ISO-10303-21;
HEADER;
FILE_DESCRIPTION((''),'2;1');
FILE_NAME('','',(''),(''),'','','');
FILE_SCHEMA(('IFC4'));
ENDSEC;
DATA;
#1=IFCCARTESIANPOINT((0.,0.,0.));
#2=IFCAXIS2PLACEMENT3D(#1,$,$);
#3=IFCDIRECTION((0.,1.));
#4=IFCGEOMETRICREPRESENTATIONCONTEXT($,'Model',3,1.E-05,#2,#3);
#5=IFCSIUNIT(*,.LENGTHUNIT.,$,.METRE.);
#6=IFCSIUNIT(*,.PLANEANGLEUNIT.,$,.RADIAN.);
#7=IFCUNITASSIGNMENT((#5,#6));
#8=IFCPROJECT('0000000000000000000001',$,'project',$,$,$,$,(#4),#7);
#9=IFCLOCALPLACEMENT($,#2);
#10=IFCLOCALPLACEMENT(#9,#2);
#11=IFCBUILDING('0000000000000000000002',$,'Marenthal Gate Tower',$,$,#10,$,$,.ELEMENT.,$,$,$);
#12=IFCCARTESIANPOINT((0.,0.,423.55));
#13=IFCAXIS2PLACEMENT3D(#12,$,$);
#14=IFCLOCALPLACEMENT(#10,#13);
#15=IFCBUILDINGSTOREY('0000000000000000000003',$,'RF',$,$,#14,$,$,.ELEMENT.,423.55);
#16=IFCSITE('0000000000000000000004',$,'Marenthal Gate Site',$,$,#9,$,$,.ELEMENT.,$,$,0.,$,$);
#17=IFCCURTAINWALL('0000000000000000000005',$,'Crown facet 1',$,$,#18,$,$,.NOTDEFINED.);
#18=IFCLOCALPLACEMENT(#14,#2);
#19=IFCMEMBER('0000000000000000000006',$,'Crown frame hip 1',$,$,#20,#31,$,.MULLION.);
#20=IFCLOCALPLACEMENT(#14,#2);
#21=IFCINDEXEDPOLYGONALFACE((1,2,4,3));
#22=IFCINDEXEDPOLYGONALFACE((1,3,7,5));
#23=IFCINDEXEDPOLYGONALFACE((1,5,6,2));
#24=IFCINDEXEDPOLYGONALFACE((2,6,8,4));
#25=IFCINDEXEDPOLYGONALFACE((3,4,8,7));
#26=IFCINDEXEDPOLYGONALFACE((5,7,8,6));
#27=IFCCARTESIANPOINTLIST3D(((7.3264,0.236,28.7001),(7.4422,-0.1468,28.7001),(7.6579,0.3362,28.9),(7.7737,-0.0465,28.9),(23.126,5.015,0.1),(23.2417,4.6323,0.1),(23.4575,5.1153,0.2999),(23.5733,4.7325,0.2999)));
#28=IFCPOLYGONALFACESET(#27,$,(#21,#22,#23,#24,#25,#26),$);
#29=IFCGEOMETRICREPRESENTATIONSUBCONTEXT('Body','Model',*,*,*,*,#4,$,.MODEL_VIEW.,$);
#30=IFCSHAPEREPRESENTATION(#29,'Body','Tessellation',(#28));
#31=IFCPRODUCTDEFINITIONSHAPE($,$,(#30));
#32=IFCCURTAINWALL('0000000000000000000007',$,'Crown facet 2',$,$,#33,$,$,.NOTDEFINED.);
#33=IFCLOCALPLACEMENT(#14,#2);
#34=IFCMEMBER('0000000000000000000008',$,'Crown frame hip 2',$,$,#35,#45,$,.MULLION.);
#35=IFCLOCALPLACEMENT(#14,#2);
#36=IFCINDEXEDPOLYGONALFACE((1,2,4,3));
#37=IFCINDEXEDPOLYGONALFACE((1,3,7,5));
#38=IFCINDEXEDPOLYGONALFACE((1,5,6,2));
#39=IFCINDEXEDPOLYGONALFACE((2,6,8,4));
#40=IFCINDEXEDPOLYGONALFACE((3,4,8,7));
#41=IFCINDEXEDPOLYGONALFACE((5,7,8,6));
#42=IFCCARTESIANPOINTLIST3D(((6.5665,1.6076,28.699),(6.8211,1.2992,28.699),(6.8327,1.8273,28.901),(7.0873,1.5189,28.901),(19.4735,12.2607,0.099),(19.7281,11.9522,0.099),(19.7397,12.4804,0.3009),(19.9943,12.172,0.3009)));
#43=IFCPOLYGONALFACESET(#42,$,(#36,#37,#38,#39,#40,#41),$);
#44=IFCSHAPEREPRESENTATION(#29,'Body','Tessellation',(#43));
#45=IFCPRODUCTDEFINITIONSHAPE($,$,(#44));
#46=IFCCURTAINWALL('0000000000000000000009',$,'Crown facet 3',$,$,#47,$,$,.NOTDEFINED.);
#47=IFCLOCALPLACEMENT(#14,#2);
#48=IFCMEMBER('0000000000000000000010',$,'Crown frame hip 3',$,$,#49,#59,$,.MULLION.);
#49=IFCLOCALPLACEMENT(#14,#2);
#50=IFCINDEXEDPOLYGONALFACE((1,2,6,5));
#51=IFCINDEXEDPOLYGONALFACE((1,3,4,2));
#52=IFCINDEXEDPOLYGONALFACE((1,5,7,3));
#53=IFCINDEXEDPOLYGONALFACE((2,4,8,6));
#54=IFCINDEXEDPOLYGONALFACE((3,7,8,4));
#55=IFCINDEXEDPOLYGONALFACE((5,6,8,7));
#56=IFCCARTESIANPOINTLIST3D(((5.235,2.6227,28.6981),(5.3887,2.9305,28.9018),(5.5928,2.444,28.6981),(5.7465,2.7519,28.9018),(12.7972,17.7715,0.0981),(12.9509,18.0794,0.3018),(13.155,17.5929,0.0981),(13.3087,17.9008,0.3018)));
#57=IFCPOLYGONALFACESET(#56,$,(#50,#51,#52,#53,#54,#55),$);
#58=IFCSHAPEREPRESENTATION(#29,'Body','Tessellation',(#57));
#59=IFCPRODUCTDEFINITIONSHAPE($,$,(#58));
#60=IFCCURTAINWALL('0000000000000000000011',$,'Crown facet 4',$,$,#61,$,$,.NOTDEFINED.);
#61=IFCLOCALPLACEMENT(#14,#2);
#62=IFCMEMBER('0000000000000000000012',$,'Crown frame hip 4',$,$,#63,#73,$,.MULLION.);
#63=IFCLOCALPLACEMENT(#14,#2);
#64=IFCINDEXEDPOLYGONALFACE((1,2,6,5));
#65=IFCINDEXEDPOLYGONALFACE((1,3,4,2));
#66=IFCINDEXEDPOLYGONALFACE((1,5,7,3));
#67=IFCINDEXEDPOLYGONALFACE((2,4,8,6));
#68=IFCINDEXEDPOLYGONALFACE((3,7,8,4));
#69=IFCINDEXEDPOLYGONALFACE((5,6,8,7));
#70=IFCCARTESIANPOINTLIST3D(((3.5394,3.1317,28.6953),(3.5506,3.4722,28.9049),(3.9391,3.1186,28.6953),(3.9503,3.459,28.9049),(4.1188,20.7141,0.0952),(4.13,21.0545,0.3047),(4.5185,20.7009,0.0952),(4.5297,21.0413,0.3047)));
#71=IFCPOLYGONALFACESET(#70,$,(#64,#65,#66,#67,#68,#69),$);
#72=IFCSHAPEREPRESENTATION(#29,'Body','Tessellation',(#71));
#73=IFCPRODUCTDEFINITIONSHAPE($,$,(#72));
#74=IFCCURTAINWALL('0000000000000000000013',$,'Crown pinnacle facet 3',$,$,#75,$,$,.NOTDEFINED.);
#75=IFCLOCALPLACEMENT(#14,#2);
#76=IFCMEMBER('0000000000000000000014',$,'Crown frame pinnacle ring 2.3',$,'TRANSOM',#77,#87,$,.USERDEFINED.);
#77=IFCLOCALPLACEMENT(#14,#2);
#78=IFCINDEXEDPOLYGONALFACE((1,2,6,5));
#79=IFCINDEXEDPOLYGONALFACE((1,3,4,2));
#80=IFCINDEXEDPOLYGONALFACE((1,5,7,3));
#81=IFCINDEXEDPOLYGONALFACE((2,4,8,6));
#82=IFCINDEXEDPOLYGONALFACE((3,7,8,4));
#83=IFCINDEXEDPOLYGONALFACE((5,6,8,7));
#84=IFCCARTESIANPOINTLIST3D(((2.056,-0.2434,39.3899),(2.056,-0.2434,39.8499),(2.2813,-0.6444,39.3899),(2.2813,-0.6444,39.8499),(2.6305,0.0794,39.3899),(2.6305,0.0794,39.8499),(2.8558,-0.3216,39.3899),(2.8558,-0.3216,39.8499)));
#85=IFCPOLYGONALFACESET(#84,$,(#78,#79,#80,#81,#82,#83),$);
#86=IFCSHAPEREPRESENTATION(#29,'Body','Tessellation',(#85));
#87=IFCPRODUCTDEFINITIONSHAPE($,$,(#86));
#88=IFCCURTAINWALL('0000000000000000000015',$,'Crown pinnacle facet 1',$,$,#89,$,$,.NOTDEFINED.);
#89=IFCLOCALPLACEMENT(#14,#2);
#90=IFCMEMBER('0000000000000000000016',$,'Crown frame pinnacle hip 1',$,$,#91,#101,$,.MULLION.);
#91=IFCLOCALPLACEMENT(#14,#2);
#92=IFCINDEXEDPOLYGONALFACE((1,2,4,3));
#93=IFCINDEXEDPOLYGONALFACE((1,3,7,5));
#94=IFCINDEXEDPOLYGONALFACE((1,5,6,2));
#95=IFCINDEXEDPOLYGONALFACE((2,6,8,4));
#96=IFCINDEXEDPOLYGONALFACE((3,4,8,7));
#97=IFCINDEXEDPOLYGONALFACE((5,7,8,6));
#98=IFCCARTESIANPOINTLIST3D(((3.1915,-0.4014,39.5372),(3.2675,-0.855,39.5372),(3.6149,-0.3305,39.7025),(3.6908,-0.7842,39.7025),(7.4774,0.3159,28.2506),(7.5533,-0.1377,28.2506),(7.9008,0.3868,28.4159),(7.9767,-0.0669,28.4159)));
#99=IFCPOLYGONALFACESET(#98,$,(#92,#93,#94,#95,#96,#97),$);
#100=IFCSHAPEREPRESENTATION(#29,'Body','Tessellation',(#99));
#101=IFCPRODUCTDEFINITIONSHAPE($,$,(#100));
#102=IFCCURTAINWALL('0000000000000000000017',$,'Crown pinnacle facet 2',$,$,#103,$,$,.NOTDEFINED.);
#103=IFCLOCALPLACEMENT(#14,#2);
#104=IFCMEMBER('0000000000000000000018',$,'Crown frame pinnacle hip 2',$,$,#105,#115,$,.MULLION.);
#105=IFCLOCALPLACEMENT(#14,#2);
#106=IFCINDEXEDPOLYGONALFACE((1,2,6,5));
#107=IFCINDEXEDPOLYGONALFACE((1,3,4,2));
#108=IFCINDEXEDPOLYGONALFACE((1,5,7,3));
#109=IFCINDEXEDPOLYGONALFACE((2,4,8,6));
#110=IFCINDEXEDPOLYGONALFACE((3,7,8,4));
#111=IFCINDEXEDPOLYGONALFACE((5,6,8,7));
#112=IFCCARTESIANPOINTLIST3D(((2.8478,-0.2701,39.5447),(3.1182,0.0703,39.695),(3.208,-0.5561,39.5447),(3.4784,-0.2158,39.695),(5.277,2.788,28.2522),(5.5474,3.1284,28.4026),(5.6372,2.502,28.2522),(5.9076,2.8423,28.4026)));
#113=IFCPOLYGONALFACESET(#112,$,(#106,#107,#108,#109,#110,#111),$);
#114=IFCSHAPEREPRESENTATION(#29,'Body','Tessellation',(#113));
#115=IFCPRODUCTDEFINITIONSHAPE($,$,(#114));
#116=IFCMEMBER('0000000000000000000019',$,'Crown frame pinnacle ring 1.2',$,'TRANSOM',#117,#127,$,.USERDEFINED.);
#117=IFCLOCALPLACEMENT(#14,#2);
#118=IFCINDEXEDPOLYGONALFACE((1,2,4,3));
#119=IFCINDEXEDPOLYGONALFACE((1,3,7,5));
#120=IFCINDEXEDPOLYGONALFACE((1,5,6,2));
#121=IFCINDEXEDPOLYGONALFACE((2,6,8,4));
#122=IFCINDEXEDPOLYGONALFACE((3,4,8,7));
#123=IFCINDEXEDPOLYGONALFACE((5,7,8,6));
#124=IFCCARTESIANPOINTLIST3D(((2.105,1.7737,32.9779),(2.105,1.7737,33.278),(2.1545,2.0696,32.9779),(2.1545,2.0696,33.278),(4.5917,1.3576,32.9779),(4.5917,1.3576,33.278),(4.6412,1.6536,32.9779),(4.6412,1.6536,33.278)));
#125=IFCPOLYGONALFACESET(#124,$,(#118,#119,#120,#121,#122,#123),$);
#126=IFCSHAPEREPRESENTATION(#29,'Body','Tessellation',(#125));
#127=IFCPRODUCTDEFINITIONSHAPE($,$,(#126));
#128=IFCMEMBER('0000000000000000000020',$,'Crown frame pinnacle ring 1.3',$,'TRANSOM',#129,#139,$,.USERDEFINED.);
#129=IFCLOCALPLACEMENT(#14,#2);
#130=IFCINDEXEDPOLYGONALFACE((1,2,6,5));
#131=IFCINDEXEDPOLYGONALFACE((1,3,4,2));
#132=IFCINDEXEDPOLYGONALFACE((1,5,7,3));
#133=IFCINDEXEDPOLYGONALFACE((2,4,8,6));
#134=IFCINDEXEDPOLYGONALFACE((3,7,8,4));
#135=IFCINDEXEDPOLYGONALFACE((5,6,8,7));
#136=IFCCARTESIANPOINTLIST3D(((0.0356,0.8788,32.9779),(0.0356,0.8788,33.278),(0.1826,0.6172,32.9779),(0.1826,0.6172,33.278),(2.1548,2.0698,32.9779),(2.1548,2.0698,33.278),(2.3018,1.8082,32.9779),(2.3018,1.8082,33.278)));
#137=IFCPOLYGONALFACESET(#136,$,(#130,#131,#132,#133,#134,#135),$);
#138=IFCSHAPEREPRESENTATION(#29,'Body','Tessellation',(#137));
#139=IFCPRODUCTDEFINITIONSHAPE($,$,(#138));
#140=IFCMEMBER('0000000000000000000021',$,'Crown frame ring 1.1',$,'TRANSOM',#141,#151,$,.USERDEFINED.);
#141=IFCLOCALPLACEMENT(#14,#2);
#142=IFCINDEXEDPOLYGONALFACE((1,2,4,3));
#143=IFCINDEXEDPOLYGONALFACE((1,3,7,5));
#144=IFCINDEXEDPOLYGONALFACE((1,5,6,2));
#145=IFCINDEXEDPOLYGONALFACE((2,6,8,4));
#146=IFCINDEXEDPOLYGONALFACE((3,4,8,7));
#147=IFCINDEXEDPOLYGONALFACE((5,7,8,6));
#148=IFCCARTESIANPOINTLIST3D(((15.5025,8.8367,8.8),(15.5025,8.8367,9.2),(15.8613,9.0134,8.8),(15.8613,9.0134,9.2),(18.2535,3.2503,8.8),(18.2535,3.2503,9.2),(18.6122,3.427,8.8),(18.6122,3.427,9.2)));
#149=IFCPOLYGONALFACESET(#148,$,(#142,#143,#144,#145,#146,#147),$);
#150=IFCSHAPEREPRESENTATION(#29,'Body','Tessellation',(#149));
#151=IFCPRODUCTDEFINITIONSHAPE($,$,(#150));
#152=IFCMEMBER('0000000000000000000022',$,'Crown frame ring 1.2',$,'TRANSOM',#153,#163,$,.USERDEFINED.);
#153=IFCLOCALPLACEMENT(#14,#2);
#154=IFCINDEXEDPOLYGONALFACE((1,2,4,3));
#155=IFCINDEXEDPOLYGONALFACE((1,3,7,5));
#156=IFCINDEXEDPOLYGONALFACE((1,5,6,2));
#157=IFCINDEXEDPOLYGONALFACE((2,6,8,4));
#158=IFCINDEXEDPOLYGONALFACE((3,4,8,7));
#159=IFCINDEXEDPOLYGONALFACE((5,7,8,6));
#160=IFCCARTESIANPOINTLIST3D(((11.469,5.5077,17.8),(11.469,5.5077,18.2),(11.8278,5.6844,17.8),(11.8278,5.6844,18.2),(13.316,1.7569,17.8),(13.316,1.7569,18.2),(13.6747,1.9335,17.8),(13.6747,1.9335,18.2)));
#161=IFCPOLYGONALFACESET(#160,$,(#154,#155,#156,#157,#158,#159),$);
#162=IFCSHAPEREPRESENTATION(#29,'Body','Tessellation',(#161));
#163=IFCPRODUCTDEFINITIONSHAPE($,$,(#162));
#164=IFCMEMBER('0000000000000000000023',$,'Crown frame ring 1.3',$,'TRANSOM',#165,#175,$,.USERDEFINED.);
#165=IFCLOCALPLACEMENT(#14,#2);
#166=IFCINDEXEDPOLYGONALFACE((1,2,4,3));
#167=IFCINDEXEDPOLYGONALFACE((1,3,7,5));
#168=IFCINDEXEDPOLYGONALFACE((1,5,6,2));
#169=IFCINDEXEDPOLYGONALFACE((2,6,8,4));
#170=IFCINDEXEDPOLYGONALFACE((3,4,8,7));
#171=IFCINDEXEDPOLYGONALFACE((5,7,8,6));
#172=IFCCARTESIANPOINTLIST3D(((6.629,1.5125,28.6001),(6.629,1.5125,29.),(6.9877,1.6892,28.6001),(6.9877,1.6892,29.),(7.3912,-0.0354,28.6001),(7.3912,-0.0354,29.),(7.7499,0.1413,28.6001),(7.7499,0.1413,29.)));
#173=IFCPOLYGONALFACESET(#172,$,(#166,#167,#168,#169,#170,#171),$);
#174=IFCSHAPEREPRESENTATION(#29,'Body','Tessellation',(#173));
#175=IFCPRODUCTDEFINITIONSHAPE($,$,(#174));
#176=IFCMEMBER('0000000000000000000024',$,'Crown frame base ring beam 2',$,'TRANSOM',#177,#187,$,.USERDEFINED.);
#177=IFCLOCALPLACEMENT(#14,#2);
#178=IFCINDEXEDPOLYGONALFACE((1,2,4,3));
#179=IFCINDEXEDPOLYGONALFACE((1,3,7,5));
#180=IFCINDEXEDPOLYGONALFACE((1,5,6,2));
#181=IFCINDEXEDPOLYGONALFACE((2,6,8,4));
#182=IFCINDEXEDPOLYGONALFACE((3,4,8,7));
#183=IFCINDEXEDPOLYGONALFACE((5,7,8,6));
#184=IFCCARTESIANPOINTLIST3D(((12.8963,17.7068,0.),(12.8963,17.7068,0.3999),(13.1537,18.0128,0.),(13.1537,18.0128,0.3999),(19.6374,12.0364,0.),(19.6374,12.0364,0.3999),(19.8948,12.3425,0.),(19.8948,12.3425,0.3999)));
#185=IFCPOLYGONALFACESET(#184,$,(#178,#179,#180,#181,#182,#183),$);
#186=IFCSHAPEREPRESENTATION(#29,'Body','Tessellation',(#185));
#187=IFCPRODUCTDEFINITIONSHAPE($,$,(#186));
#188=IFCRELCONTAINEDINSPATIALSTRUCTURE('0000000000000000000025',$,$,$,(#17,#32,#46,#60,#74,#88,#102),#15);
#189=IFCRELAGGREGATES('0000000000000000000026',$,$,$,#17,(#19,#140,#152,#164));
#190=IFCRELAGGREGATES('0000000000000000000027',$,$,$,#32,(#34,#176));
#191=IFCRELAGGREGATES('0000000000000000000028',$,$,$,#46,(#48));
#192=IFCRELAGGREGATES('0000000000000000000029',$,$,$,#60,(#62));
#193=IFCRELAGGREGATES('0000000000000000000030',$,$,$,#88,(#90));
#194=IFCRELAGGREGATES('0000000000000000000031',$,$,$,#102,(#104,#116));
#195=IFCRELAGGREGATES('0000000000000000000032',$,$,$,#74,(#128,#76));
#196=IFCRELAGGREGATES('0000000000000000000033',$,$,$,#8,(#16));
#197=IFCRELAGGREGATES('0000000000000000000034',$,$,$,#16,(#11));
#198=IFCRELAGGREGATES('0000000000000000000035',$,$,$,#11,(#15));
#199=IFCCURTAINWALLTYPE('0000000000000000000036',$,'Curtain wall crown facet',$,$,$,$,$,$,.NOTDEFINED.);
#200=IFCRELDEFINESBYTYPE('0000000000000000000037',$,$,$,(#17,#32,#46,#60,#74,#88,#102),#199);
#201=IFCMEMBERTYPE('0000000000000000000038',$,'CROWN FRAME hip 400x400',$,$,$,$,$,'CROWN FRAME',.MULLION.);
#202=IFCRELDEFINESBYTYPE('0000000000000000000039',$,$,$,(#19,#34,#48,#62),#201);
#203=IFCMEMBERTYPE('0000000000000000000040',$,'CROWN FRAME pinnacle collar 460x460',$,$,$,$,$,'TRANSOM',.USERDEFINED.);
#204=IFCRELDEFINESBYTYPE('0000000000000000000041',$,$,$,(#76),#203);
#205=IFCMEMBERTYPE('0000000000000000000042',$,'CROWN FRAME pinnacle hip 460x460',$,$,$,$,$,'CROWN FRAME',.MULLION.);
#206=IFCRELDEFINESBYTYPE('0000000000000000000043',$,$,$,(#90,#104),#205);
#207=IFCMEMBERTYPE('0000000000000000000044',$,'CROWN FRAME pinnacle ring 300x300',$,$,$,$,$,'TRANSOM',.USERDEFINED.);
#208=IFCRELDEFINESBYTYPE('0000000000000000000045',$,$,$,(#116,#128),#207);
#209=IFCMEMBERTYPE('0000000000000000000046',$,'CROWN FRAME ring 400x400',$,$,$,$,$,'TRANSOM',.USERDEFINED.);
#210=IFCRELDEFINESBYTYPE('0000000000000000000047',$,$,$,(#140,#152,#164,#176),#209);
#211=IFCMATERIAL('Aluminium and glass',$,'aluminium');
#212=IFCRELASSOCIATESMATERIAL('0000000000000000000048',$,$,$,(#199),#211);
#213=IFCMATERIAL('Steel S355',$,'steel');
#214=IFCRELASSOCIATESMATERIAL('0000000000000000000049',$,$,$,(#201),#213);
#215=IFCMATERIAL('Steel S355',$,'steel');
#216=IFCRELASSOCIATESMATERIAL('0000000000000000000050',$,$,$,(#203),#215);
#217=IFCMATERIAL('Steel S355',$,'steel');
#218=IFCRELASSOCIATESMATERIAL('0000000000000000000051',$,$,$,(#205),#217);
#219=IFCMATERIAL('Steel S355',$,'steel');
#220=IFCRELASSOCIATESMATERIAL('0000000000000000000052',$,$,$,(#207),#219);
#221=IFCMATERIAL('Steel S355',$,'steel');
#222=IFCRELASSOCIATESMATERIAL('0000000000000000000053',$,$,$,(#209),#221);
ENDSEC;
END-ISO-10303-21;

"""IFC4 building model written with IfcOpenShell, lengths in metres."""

from ifc_helpers import new_model, si_unit, direction, frame, origin, origin_2d, place, context, subcontext, project, spatial, rectangle, extrude, material, material_profile, profile_set, type_object, element, aggregate, save


model = new_model("IFC4")

# Units and contexts
model_context = context("Model", 3, precision=1e-05, world=origin(), true_north=direction((0.0, 1.0)))
body_context = subcontext(model_context, "Body", "Model", "MODEL_VIEW")
ifc_project = project(units=[si_unit("LENGTHUNIT", "METRE"), si_unit("PLANEANGLEUNIT", "RADIAN")], contexts=[model_context])

# Site, building, storey
site_placement = place(None, origin())
site = spatial("IfcSite", under=ifc_project, at=site_placement, Name="Marenthal Gate Site", CompositionType="ELEMENT", RefElevation=0.0)
building_placement = place(site_placement, origin())
building = spatial("IfcBuilding", under=site, at=building_placement, Name="Marenthal Gate Tower", CompositionType="ELEMENT")
storey_placement = place(building_placement, frame((0.0, 0.0, 423.55)))
storey = spatial("IfcBuildingStorey", under=building, at=storey_placement, Name="RF", CompositionType="ELEMENT", Elevation=423.55)

# Curtain walls, members
ifc_material_1 = material(Name="Aluminium and glass", Category="aluminium")
curtain_wall_type = type_object("IfcCurtainWallType", Name="Curtain wall crown facet", PredefinedType="NOTDEFINED", material=ifc_material_1)
curtain_wall_1_placement = place(storey_placement, origin())
curtain_wall_1 = element("IfcCurtainWall", 1, at=curtain_wall_1_placement, inside=storey, type_object=curtain_wall_type, Name="Crown facet 1", PredefinedType="NOTDEFINED")
ifc_material_2 = material(Name="Steel S355", Category="steel")
ifc_material_profile_1 = material_profile(ifc_material_2, rectangle(XDim=0.3999, YDim=0.3999, at=origin_2d()), Name="Crown frame hip 400x400")
ifc_profile_set_1 = profile_set([ifc_material_profile_1], Name="Steel S355")
member_type_1 = type_object("IfcMemberType", Name="CROWN FRAME hip 400x400", ElementType="CROWN FRAME", PredefinedType="MULLION", material=ifc_profile_set_1)
member_1_placement = place(storey_placement, frame((23.3496, 4.8738, 0.2), z_axis=(-0.47846, -0.144725, 0.866101), x_axis=(0.289525, -0.95717, 0.0)))
member_1 = element("IfcMember", 2, at=member_1_placement, type_object=member_type_1, Name="Crown frame hip 1", PredefinedType="MULLION", context=body_context, shape_type="SweptSolid", body=[
    extrude(rectangle(XDim=0.3999, YDim=0.3999, at=origin_2d()), origin(), (0.0, 0.0, 1.0), 33.0217),
])
curtain_wall_2_placement = place(storey_placement, origin())
curtain_wall_2 = element("IfcCurtainWall", 3, at=curtain_wall_2_placement, inside=storey, type_object=curtain_wall_type, Name="Crown facet 2", PredefinedType="NOTDEFINED")
member_2_placement = place(storey_placement, frame((19.7339, 12.2163, 0.2), z_axis=(-0.389507, -0.321488, 0.863093), x_axis=(0.636554, -0.771232, 0.0)))
member_2 = element("IfcMember", 4, at=member_2_placement, type_object=member_type_1, Name="Crown frame hip 2", PredefinedType="MULLION", context=body_context, shape_type="SweptSolid", body=[
    extrude(rectangle(XDim=0.3999, YDim=0.3999, at=origin_2d()), origin(), (0.0, 0.0, 1.0), 33.1367),
])
curtain_wall_3_placement = place(storey_placement, origin())
curtain_wall_3 = element("IfcCurtainWall", 5, at=curtain_wall_3_placement, inside=storey, type_object=curtain_wall_type, Name="Crown facet 3", PredefinedType="NOTDEFINED")
member_3_placement = place(storey_placement, frame((13.053, 17.8362, 0.2), z_axis=(-0.227531, -0.455796, 0.860511), x_axis=(0.894715, -0.446637, 0.0)))
member_3 = element("IfcMember", 6, at=member_3_placement, type_object=member_type_1, Name="Crown frame hip 3", PredefinedType="MULLION", context=body_context, shape_type="SweptSolid", body=[
    extrude(rectangle(XDim=0.3999, YDim=0.3999, at=origin_2d()), origin(), (0.0, 0.0, 1.0), 33.2361),
])
curtain_wall_4_placement = place(storey_placement, origin())
curtain_wall_4 = element("IfcCurtainWall", 7, at=curtain_wall_4_placement, inside=storey, type_object=curtain_wall_type, Name="Crown facet 4", PredefinedType="NOTDEFINED")
member_4_placement = place(storey_placement, frame((4.3242, 20.8777, 0.2), z_axis=(-0.017254, -0.523635, 0.851768), x_axis=(0.999458, -0.032933, 0.0)))
member_4 = element("IfcMember", 8, at=member_4_placement, type_object=member_type_1, Name="Crown frame hip 4", PredefinedType="MULLION", context=body_context, shape_type="SweptSolid", body=[
    extrude(rectangle(XDim=0.3999, YDim=0.3999, at=origin_2d()), origin(), (0.0, 0.0, 1.0), 33.5774),
])
curtain_wall_5_placement = place(storey_placement, origin())
curtain_wall_5 = element("IfcCurtainWall", 9, at=curtain_wall_5_placement, inside=storey, type_object=curtain_wall_type, Name="Crown pinnacle facet 3", PredefinedType="NOTDEFINED")
ifc_material_3 = material(Name="Steel S355", Category="steel")
ifc_material_profile_2 = material_profile(ifc_material_3, rectangle(XDim=0.46, YDim=0.46, at=origin_2d()), Name="Crown frame pinnacle collar 460x460")
ifc_profile_set_2 = profile_set([ifc_material_profile_2], Name="Steel S355")
member_type_2 = type_object("IfcMemberType", Name="CROWN FRAME pinnacle collar 460x460", ElementType="TRANSOM", PredefinedType="USERDEFINED", material=ifc_profile_set_2)
member_5_placement = place(storey_placement, frame((2.7432, -0.1211, 39.6199), z_axis=(-0.871823, -0.489821, 0.0), x_axis=(0.489821, -0.871823, 0.0)))
member_5 = element("IfcMember", 10, at=member_5_placement, type_object=member_type_2, Name="Crown frame pinnacle ring 2.3", ObjectType="TRANSOM", PredefinedType="USERDEFINED", context=body_context, shape_type="SweptSolid", body=[
    extrude(rectangle(XDim=0.46, YDim=0.46, at=origin_2d()), origin(), (0.0, 0.0, 1.0), 0.6589),
])
curtain_wall_6_placement = place(storey_placement, origin())
curtain_wall_6 = element("IfcCurtainWall", 11, at=curtain_wall_6_placement, inside=storey, type_object=curtain_wall_type, Name="Crown pinnacle facet 1", PredefinedType="NOTDEFINED")
ifc_material_4 = material(Name="Steel S355", Category="steel")
ifc_material_profile_3 = material_profile(ifc_material_4, rectangle(XDim=0.46, YDim=0.46, at=origin_2d()), Name="Crown frame pinnacle hip 460x460")
ifc_profile_set_3 = profile_set([ifc_material_profile_3], Name="Steel S355")
member_type_3 = type_object("IfcMemberType", Name="CROWN FRAME pinnacle hip 460x460", ElementType="CROWN FRAME", PredefinedType="MULLION", material=ifc_profile_set_3)
member_6_placement = place(storey_placement, frame((7.7271, 0.1245, 28.3333), z_axis=(-0.354374, -0.059308, 0.933221), x_axis=(0.165064, -0.986283, 0.0)))
member_6 = element("IfcMember", 12, at=member_6_placement, type_object=member_type_3, Name="Crown frame pinnacle hip 1", PredefinedType="MULLION", context=body_context, shape_type="SweptSolid", body=[
    extrude(rectangle(XDim=0.46, YDim=0.46, at=origin_2d()), origin(), (0.0, 0.0, 1.0), 12.0942),
])

# Curtain wall, members
curtain_wall_7_placement = place(storey_placement, origin())
curtain_wall_7 = element("IfcCurtainWall", 13, at=curtain_wall_7_placement, inside=storey, type_object=curtain_wall_type, Name="Crown pinnacle facet 2", PredefinedType="NOTDEFINED")
member_7_placement = place(storey_placement, frame((5.5923, 2.8152, 28.3274), z_axis=(-0.203301, -0.255935, 0.945075), x_axis=(0.783023, -0.621993, 0.0)))
member_7 = element("IfcMember", 14, at=member_7_placement, type_object=member_type_3, Name="Crown frame pinnacle hip 2", PredefinedType="MULLION", context=body_context, shape_type="SweptSolid", body=[
    extrude(rectangle(XDim=0.46, YDim=0.46, at=origin_2d()), origin(), (0.0, 0.0, 1.0), 11.9487),
])
ifc_material_5 = material(Name="Steel S355", Category="steel")
ifc_material_profile_4 = material_profile(ifc_material_5, rectangle(XDim=0.3, YDim=0.3, at=origin_2d()), Name="Crown frame pinnacle ring 300x300")
ifc_profile_set_4 = profile_set([ifc_material_profile_4], Name="Steel S355")
member_type_4 = type_object("IfcMemberType", Name="CROWN FRAME pinnacle ring 300x300", ElementType="TRANSOM", PredefinedType="USERDEFINED", material=ifc_profile_set_4)
member_8_placement = place(storey_placement, frame((4.6165, 1.5056, 33.1279), z_axis=(-0.986292, 0.165011, 0.0), x_axis=(-0.165011, -0.986292, 0.0)))
member_8 = element("IfcMember", 15, at=member_8_placement, type_object=member_type_4, Name="Crown frame pinnacle ring 1.2", ObjectType="TRANSOM", PredefinedType="USERDEFINED", context=body_context, shape_type="SweptSolid", body=[
    extrude(rectangle(XDim=0.3, YDim=0.3, at=origin_2d()), origin(), (0.0, 0.0, 1.0), 2.5212),
])

# Members
member_9_placement = place(storey_placement, frame((2.2283, 1.939, 33.1279), z_axis=(-0.871769, -0.489918, 0.0), x_axis=(0.489918, -0.871769, 0.0)))
member_9 = element("IfcMember", 16, at=member_9_placement, type_object=member_type_4, Name="Crown frame pinnacle ring 1.3", ObjectType="TRANSOM", PredefinedType="USERDEFINED", context=body_context, shape_type="SweptSolid", body=[
    extrude(rectangle(XDim=0.3, YDim=0.3, at=origin_2d()), origin(), (0.0, 0.0, 1.0), 2.4309),
])
ifc_material_6 = material(Name="Steel S355", Category="steel")
ifc_material_profile_5 = material_profile(ifc_material_6, rectangle(XDim=0.3999, YDim=0.3999, at=origin_2d()), Name="Crown frame ring 400x400")
ifc_profile_set_5 = profile_set([ifc_material_profile_5], Name="Steel S355")
member_type_5 = type_object("IfcMemberType", Name="CROWN FRAME ring 400x400", ElementType="TRANSOM", PredefinedType="USERDEFINED", material=ifc_profile_set_5)
member_10_placement = place(storey_placement, frame((18.4329, 3.3386, 9.0), z_axis=(-0.441779, 0.897124, 0.0), x_axis=(-0.897124, -0.441779, 0.0)))
member_10 = element("IfcMember", 17, at=member_10_placement, type_object=member_type_5, Name="Crown frame ring 1.1", ObjectType="TRANSOM", PredefinedType="USERDEFINED", context=body_context, shape_type="SweptSolid", body=[
    extrude(rectangle(XDim=0.3999, YDim=0.3999, at=origin_2d()), origin(), (0.0, 0.0, 1.0), 6.2271),
])
member_11_placement = place(storey_placement, frame((13.4954, 1.8452, 18.0), z_axis=(-0.441763, 0.897132, 0.0), x_axis=(-0.897132, -0.441763, 0.0)))
member_11 = element("IfcMember", 18, at=member_11_placement, type_object=member_type_5, Name="Crown frame ring 1.2", ObjectType="TRANSOM", PredefinedType="USERDEFINED", context=body_context, shape_type="SweptSolid", body=[
    extrude(rectangle(XDim=0.3999, YDim=0.3999, at=origin_2d()), origin(), (0.0, 0.0, 1.0), 4.1809),
])
member_12_placement = place(storey_placement, frame((7.5706, 0.053, 28.8), z_axis=(-0.441772, 0.897128, 0.0), x_axis=(-0.897128, -0.441772, 0.0)))
member_12 = element("IfcMember", 19, at=member_12_placement, type_object=member_type_5, Name="Crown frame ring 1.3", ObjectType="TRANSOM", PredefinedType="USERDEFINED", context=body_context, shape_type="SweptSolid", body=[
    extrude(rectangle(XDim=0.3999, YDim=0.3999, at=origin_2d()), origin(), (0.0, 0.0, 1.0), 1.7253),
])
member_13_placement = place(storey_placement, frame((19.7661, 12.1895, 0.2), z_axis=(-0.765269, 0.643711, 0.0), x_axis=(-0.643711, -0.765269, 0.0)))
member_13 = element("IfcMember", 20, at=member_13_placement, type_object=member_type_5, Name="Crown frame base ring beam 2", ObjectType="TRANSOM", PredefinedType="USERDEFINED", context=body_context, shape_type="SweptSolid", body=[
    extrude(rectangle(XDim=0.3999, YDim=0.3999, at=origin_2d()), origin(), (0.0, 0.0, 1.0), 8.8088),
])

aggregate(curtain_wall_1, [member_1, member_10, member_11, member_12])
aggregate(curtain_wall_2, [member_2, member_13])
aggregate(curtain_wall_3, [member_3])
aggregate(curtain_wall_4, [member_4])
aggregate(curtain_wall_6, [member_6])
aggregate(curtain_wall_7, [member_7, member_8])
aggregate(curtain_wall_5, [member_9, member_5])

save(model, "model.ifc")
